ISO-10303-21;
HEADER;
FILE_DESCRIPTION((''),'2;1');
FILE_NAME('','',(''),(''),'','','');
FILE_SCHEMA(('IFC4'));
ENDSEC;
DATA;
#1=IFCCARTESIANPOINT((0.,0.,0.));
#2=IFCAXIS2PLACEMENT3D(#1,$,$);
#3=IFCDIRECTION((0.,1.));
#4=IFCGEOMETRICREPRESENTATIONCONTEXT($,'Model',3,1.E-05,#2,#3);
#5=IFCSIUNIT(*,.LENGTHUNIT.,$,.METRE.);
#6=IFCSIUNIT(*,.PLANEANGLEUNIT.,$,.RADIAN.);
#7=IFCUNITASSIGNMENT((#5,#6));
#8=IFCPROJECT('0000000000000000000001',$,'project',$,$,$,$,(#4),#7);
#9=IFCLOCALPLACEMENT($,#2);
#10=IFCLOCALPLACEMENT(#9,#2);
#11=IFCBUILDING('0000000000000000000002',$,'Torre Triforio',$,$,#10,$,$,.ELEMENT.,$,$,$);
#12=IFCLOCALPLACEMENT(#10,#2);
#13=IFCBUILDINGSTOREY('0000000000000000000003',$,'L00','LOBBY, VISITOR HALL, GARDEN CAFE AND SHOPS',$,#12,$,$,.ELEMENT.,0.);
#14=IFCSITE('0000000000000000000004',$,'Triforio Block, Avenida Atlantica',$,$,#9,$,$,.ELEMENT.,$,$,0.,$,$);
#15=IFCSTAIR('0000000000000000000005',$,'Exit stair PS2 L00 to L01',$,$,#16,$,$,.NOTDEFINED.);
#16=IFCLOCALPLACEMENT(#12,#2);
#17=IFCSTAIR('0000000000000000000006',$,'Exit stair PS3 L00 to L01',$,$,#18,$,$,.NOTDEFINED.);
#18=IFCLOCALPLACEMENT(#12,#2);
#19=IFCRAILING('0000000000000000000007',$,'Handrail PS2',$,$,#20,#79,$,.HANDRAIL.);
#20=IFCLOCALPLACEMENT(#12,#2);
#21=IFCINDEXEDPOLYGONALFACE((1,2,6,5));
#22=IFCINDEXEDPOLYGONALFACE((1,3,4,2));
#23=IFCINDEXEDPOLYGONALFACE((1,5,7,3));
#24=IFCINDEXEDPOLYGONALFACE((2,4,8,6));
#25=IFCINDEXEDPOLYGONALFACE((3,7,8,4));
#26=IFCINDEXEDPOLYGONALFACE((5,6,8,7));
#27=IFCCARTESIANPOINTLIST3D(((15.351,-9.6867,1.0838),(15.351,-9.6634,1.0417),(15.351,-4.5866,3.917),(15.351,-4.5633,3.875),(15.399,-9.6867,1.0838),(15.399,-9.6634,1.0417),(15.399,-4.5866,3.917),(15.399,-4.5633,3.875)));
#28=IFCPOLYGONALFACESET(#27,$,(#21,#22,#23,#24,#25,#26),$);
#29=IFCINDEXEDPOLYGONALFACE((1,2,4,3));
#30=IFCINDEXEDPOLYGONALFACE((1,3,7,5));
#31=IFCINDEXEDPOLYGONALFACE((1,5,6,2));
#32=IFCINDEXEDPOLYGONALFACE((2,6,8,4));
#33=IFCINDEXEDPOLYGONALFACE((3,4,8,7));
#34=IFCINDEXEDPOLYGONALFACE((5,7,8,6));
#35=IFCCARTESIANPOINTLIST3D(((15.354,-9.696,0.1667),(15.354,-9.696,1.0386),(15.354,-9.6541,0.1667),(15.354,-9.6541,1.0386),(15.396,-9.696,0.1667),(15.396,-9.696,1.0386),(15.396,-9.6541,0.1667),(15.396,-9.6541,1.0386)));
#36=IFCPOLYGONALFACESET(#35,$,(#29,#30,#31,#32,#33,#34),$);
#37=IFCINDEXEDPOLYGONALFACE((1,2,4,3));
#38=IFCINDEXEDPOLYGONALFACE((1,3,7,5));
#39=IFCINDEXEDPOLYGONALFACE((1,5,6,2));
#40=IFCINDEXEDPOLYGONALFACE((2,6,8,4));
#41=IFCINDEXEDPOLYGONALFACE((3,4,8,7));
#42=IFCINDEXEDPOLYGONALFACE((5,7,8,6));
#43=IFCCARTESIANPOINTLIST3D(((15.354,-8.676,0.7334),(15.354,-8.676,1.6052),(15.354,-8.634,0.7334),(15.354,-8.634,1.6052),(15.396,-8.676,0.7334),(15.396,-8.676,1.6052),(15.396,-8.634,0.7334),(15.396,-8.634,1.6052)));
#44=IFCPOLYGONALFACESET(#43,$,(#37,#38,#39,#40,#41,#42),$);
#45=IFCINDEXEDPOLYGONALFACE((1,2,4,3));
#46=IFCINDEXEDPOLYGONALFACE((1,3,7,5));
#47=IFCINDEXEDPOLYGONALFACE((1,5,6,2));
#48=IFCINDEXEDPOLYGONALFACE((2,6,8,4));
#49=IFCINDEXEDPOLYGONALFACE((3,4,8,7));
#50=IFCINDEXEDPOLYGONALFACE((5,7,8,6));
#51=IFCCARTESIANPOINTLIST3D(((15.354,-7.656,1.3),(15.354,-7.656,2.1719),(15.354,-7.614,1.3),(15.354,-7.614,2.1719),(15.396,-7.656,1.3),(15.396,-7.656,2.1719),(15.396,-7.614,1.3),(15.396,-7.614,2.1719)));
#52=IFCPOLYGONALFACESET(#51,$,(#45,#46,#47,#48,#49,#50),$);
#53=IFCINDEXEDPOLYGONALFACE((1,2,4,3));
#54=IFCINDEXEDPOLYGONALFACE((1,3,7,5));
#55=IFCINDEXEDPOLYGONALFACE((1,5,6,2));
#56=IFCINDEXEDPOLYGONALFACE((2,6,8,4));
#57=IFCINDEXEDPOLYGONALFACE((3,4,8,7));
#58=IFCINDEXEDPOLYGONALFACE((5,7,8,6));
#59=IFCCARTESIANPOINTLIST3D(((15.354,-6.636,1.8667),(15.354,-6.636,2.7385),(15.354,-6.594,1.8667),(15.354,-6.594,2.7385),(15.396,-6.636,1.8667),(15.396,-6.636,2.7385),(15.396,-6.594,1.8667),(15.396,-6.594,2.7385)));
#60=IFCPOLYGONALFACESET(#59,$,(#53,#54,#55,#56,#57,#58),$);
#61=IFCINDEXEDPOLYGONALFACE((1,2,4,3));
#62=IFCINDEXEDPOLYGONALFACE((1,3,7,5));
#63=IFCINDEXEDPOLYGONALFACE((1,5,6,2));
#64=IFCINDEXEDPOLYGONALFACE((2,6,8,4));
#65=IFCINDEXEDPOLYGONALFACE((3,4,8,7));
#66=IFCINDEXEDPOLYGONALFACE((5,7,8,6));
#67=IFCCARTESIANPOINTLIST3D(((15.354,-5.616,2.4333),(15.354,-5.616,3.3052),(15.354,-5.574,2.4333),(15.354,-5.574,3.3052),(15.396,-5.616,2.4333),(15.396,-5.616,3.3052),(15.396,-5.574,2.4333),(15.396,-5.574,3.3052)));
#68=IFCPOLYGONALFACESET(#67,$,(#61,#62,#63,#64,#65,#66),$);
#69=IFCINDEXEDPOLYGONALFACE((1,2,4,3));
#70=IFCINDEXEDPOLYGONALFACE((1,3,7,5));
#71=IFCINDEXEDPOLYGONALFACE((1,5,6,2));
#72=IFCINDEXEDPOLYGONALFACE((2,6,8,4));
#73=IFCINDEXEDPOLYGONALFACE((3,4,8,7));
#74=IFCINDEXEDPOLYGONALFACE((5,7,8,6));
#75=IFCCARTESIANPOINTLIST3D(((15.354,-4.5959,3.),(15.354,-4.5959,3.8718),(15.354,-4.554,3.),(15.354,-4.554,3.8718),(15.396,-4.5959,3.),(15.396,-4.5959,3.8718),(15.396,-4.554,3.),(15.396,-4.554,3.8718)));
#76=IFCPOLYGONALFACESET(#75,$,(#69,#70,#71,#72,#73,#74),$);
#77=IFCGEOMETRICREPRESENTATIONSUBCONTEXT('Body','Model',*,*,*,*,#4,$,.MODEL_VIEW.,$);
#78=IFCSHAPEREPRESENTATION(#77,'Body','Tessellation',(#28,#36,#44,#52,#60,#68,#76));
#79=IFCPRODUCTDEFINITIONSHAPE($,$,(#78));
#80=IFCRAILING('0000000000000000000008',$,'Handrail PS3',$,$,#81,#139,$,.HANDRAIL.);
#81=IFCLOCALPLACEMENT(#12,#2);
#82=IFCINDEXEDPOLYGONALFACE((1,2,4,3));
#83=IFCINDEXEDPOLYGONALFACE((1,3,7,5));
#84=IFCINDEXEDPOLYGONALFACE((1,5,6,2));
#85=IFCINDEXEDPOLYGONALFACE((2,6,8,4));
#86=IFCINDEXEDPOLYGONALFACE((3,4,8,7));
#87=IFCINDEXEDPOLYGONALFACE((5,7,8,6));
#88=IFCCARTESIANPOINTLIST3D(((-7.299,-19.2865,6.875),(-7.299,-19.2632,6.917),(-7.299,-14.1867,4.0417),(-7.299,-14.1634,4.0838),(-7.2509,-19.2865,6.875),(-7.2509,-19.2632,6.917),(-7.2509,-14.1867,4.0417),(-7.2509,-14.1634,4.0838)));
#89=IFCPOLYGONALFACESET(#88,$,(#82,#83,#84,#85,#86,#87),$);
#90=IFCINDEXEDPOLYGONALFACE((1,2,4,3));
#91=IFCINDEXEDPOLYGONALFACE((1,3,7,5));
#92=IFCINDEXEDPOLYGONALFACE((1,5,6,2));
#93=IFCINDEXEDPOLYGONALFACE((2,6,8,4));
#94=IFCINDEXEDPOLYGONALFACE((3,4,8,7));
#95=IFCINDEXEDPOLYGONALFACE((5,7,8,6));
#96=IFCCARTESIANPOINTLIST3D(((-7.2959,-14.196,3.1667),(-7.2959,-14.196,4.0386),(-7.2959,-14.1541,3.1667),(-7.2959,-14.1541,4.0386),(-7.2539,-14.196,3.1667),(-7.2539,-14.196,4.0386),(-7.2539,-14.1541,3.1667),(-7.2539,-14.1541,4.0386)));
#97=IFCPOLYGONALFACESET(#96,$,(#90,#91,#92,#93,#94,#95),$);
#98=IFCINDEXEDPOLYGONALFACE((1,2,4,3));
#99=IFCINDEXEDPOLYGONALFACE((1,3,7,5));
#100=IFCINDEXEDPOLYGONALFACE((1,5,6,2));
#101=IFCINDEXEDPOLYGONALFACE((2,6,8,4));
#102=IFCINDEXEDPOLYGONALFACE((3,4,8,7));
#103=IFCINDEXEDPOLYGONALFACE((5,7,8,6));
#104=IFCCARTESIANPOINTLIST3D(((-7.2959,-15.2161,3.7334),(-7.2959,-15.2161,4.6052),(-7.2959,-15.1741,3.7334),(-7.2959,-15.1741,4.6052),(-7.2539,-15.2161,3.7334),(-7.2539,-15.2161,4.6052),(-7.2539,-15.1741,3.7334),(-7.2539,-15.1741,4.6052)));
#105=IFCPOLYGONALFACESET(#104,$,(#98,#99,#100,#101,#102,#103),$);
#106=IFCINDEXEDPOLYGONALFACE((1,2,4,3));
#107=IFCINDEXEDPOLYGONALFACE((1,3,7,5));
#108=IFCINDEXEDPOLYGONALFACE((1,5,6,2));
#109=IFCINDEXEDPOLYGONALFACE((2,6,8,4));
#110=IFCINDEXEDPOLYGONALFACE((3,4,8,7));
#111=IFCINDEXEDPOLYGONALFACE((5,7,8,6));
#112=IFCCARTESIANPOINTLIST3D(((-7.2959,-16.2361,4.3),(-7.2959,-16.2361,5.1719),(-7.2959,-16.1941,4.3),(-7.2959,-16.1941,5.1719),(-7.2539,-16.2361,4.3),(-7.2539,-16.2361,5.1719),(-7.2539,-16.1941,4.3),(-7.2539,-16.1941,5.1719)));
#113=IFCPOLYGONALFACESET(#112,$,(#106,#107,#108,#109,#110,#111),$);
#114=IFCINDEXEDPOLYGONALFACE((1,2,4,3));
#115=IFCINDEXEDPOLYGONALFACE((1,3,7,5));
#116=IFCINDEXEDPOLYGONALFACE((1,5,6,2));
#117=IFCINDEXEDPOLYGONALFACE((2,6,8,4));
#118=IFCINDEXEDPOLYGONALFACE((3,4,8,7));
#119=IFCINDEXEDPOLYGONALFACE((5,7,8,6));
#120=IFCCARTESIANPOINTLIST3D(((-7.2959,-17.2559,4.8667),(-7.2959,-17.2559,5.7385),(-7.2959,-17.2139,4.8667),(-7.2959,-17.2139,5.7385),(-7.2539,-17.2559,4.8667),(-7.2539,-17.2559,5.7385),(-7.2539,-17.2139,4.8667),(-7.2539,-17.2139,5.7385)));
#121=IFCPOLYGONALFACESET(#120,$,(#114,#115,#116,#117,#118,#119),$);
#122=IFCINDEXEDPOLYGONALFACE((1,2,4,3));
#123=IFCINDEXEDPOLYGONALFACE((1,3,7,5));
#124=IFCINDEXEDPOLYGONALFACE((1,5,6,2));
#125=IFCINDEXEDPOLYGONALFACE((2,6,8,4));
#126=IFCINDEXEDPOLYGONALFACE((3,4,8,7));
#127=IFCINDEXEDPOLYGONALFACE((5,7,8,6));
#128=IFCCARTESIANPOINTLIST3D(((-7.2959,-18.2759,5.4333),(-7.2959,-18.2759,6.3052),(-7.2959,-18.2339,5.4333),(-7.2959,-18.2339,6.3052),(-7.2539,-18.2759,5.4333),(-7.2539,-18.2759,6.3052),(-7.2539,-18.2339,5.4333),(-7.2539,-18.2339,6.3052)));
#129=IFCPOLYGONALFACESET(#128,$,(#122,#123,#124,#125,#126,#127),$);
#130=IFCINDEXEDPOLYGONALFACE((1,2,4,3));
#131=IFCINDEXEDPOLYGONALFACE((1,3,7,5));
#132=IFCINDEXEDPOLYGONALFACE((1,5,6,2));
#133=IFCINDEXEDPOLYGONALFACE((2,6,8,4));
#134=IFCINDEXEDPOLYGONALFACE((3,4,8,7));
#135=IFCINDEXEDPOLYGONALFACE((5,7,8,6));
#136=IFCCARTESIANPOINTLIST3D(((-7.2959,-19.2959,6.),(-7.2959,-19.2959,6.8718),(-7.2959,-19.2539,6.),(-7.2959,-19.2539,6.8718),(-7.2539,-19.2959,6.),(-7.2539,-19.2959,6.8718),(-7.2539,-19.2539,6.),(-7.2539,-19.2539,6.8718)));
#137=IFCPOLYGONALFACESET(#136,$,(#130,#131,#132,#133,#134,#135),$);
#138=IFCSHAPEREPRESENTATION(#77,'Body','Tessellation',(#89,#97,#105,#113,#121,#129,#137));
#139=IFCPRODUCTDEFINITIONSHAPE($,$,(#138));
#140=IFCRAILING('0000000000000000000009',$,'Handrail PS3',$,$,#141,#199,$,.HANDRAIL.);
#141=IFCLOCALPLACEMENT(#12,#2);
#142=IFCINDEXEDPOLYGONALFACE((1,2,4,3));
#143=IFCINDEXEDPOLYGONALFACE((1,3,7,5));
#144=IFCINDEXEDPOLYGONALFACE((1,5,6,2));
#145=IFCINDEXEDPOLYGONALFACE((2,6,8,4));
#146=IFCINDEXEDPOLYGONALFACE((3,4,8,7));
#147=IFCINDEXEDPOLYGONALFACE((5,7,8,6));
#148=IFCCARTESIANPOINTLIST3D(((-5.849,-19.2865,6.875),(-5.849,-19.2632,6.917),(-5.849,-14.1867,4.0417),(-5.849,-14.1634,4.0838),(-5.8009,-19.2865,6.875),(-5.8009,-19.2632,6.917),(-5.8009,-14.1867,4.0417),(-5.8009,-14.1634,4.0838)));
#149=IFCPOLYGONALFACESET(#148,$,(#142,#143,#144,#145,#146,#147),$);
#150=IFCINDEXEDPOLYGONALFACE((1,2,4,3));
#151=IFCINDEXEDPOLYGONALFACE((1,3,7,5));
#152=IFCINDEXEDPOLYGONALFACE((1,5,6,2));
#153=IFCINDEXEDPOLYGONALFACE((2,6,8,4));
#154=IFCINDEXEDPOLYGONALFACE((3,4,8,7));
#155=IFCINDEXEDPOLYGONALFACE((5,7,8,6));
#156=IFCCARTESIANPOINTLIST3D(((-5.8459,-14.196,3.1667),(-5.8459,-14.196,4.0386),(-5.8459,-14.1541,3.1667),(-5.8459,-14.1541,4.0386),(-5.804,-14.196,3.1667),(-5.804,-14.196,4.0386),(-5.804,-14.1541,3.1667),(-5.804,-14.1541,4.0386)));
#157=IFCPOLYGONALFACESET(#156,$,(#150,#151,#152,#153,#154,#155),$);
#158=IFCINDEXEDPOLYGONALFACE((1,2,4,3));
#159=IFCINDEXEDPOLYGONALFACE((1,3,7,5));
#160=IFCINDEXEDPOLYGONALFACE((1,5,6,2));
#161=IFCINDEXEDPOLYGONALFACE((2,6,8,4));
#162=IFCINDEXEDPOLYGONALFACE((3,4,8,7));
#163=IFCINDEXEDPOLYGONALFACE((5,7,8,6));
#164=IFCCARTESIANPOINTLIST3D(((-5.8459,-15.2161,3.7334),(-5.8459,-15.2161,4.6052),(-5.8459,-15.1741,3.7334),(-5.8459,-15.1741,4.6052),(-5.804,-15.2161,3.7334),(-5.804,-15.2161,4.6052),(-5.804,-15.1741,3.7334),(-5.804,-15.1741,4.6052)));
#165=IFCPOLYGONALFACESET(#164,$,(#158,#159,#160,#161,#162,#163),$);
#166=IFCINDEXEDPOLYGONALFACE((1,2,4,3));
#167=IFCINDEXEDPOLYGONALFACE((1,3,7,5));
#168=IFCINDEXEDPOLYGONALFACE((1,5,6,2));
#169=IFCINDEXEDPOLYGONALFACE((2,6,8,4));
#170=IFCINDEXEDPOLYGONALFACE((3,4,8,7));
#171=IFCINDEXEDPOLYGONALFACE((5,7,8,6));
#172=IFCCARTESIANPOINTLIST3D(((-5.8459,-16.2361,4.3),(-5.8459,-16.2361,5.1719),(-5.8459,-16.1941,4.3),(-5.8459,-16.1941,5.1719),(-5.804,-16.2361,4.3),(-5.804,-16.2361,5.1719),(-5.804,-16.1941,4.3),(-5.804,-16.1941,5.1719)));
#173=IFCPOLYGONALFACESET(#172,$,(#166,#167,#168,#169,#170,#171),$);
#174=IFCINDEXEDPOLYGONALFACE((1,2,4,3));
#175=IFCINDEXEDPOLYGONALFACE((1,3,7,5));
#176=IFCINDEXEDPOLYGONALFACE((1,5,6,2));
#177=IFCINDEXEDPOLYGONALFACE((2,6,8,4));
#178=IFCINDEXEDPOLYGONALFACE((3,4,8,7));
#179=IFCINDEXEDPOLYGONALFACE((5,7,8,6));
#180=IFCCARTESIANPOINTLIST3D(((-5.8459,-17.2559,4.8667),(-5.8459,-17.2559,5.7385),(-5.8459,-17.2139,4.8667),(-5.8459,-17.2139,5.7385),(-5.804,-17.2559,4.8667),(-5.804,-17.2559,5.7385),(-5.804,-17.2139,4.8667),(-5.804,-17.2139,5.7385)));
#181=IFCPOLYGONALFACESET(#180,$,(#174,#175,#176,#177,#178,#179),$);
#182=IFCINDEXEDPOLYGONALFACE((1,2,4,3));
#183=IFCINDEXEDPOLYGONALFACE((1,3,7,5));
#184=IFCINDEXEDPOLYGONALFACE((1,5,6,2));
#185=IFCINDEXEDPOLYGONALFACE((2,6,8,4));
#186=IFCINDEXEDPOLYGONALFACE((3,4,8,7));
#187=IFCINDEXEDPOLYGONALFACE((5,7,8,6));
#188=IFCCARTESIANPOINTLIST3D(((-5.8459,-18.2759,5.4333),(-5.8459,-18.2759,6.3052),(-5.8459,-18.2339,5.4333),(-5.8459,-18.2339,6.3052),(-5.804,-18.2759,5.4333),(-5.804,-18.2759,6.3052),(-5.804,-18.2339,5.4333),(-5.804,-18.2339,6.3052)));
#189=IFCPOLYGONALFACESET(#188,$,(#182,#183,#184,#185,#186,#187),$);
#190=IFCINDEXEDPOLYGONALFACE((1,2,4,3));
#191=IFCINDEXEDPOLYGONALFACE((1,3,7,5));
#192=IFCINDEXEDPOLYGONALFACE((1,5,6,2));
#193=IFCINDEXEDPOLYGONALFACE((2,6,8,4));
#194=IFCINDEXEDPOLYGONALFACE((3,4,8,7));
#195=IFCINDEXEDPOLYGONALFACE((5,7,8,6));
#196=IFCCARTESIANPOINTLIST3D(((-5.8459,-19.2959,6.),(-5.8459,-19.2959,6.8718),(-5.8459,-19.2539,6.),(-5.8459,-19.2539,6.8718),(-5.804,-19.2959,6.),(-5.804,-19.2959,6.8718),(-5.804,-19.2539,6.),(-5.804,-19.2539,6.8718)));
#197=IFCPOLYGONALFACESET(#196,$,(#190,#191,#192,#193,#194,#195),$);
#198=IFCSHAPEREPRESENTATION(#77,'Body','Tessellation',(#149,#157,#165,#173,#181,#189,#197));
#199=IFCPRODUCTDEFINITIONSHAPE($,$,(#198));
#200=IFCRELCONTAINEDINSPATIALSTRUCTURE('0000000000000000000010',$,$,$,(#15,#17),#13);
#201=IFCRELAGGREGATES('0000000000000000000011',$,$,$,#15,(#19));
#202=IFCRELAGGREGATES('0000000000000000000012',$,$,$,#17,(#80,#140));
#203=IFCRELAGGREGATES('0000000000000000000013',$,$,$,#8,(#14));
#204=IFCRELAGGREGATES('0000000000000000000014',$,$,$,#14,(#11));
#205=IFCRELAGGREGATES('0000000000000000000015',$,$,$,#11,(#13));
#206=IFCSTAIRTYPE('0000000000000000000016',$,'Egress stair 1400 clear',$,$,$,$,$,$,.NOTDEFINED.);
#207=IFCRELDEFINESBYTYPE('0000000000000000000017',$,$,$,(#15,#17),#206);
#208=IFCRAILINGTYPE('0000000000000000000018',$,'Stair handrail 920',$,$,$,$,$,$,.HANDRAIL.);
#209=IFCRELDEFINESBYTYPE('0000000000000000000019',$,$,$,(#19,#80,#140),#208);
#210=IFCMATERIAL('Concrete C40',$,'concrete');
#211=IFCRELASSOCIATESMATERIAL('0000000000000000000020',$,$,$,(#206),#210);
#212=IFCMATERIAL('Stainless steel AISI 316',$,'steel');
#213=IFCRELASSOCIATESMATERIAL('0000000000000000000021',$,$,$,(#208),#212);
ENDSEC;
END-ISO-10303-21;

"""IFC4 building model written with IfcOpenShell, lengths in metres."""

from ifc_helpers import new_model, si_unit, direction, frame, origin, origin_2d, place, context, subcontext, project, spatial, rectangle, extrude, material, type_object, element, aggregate, save


model = new_model("IFC4")

# Units and contexts
model_context = context("Model", 3, precision=1e-05, world=origin(), true_north=direction((0.0, 1.0)))
body_context = subcontext(model_context, "Body", "Model", "MODEL_VIEW")
ifc_project = project(units=[si_unit("LENGTHUNIT", "METRE"), si_unit("PLANEANGLEUNIT", "RADIAN")], contexts=[model_context])

# Site, building, storey
site_placement = place(None, origin())
site = spatial("IfcSite", under=ifc_project, at=site_placement, Name="Triforio Block, Avenida Atlantica", CompositionType="ELEMENT", RefElevation=0.0)
building_placement = place(site_placement, origin())
building = spatial("IfcBuilding", under=site, at=building_placement, Name="Torre Triforio", CompositionType="ELEMENT")
storey_placement = place(building_placement, origin())
storey = spatial("IfcBuildingStorey", under=building, at=storey_placement, Name="L00", Description="LOBBY, VISITOR HALL, GARDEN CAFE AND SHOPS", CompositionType="ELEMENT", Elevation=0.0)

# Shared definitions
ifc_material_1 = material(Name="Concrete C40", Category="concrete")

# Stairs
stair_type = type_object("IfcStairType", Name="Egress stair 1400 clear", PredefinedType="NOTDEFINED", material=ifc_material_1)
stair_1_placement = place(storey_placement, origin())
stair_1 = element("IfcStair", 1, at=stair_1_placement, inside=storey, type_object=stair_type, Name="Exit stair PS2 L00 to L01", PredefinedType="NOTDEFINED")
stair_2_placement = place(storey_placement, origin())
stair_2 = element("IfcStair", 2, at=stair_2_placement, inside=storey, type_object=stair_type, Name="Exit stair PS3 L00 to L01", PredefinedType="NOTDEFINED")

# Railings
ifc_material_2 = material(Name="Stainless steel AISI 316", Category="steel")
railing_type = type_object("IfcRailingType", Name="Stair handrail 920", PredefinedType="HANDRAIL", material=ifc_material_2)
railing_1_placement = place(storey_placement, frame((15.375, -9.675, 0.1667)))
railing_1 = element("IfcRailing", 3, at=railing_1_placement, type_object=railing_type, Name="Handrail PS2", PredefinedType="HANDRAIL", context=body_context, shape_type="SweptSolid", body=[
    extrude(rectangle(XDim=0.0481, YDim=0.0481, at=origin_2d()), frame((0.0, 0.0, 0.896), z_axis=(0.0, 0.874167, 0.485625), x_axis=(-1.0, 0.0, 0.0)), (0.0, 0.0, 1.0), 5.8342),
    extrude(rectangle(XDim=0.042, YDim=0.042, at=origin_2d()), origin(), (0.0, 0.0, 1.0), 0.8718),
    extrude(rectangle(XDim=0.042, YDim=0.042, at=origin_2d()), frame((0.0, 1.02, 0.5667)), (0.0, 0.0, 1.0), 0.8718),
    extrude(rectangle(XDim=0.042, YDim=0.042, at=origin_2d()), frame((0.0, 2.04, 1.1333)), (0.0, 0.0, 1.0), 0.8718),
    extrude(rectangle(XDim=0.042, YDim=0.042, at=origin_2d()), frame((0.0, 3.0601, 1.7)), (0.0, 0.0, 1.0), 0.8718),
    extrude(rectangle(XDim=0.042, YDim=0.042, at=origin_2d()), frame((0.0, 4.0801, 2.2666)), (0.0, 0.0, 1.0), 0.8718),
    extrude(rectangle(XDim=0.042, YDim=0.042, at=origin_2d()), frame((0.0, 5.1001, 2.8333)), (0.0, 0.0, 1.0), 0.8718),
])
aggregate(stair_1, [railing_1])
railing_2_placement = place(storey_placement, frame((-7.2749, -14.175, 3.1667)))
railing_2 = element("IfcRailing", 4, at=railing_2_placement, type_object=railing_type, Name="Handrail PS3", PredefinedType="HANDRAIL", context=body_context, shape_type="SweptSolid", body=[
    extrude(rectangle(XDim=0.0481, YDim=0.0481, at=origin_2d()), frame((0.0, 0.0, 0.896), z_axis=(0.0, -0.874157, 0.485643), x_axis=(1.0, 0.0, 0.0)), (0.0, 0.0, 1.0), 5.834),
    extrude(rectangle(XDim=0.042, YDim=0.042, at=origin_2d()), origin(), (0.0, 0.0, 1.0), 0.8718),
    extrude(rectangle(XDim=0.042, YDim=0.042, at=origin_2d()), frame((0.0, -1.02, 0.5667)), (0.0, 0.0, 1.0), 0.8718),
    extrude(rectangle(XDim=0.042, YDim=0.042, at=origin_2d()), frame((0.0, -2.04, 1.1333)), (0.0, 0.0, 1.0), 0.8718),
    extrude(rectangle(XDim=0.042, YDim=0.042, at=origin_2d()), frame((0.0, -3.0598, 1.7)), (0.0, 0.0, 1.0), 0.8718),
    extrude(rectangle(XDim=0.042, YDim=0.042, at=origin_2d()), frame((0.0, -4.0798, 2.2666)), (0.0, 0.0, 1.0), 0.8718),
    extrude(rectangle(XDim=0.042, YDim=0.042, at=origin_2d()), frame((0.0, -5.0999, 2.8333)), (0.0, 0.0, 1.0), 0.8718),
])
railing_3_placement = place(storey_placement, frame((-5.825, -14.175, 3.1667)))
railing_3 = element("IfcRailing", 5, at=railing_3_placement, type_object=railing_type, Name="Handrail PS3", PredefinedType="HANDRAIL", context=body_context, shape_type="SweptSolid", body=[
    extrude(rectangle(XDim=0.0481, YDim=0.0481, at=origin_2d()), frame((0.0, 0.0, 0.896), z_axis=(0.0, -0.874157, 0.485643), x_axis=(1.0, 0.0, 0.0)), (0.0, 0.0, 1.0), 5.834),
    extrude(rectangle(XDim=0.042, YDim=0.042, at=origin_2d()), origin(), (0.0, 0.0, 1.0), 0.8718),
    extrude(rectangle(XDim=0.042, YDim=0.042, at=origin_2d()), frame((0.0, -1.02, 0.5667)), (0.0, 0.0, 1.0), 0.8718),
    extrude(rectangle(XDim=0.042, YDim=0.042, at=origin_2d()), frame((0.0, -2.04, 1.1333)), (0.0, 0.0, 1.0), 0.8718),
    extrude(rectangle(XDim=0.042, YDim=0.042, at=origin_2d()), frame((0.0, -3.0598, 1.7)), (0.0, 0.0, 1.0), 0.8718),
    extrude(rectangle(XDim=0.042, YDim=0.042, at=origin_2d()), frame((0.0, -4.0798, 2.2666)), (0.0, 0.0, 1.0), 0.8718),
    extrude(rectangle(XDim=0.042, YDim=0.042, at=origin_2d()), frame((0.0, -5.0999, 2.8333)), (0.0, 0.0, 1.0), 0.8718),
])
aggregate(stair_2, [railing_2, railing_3])

save(model, "model.ifc")
